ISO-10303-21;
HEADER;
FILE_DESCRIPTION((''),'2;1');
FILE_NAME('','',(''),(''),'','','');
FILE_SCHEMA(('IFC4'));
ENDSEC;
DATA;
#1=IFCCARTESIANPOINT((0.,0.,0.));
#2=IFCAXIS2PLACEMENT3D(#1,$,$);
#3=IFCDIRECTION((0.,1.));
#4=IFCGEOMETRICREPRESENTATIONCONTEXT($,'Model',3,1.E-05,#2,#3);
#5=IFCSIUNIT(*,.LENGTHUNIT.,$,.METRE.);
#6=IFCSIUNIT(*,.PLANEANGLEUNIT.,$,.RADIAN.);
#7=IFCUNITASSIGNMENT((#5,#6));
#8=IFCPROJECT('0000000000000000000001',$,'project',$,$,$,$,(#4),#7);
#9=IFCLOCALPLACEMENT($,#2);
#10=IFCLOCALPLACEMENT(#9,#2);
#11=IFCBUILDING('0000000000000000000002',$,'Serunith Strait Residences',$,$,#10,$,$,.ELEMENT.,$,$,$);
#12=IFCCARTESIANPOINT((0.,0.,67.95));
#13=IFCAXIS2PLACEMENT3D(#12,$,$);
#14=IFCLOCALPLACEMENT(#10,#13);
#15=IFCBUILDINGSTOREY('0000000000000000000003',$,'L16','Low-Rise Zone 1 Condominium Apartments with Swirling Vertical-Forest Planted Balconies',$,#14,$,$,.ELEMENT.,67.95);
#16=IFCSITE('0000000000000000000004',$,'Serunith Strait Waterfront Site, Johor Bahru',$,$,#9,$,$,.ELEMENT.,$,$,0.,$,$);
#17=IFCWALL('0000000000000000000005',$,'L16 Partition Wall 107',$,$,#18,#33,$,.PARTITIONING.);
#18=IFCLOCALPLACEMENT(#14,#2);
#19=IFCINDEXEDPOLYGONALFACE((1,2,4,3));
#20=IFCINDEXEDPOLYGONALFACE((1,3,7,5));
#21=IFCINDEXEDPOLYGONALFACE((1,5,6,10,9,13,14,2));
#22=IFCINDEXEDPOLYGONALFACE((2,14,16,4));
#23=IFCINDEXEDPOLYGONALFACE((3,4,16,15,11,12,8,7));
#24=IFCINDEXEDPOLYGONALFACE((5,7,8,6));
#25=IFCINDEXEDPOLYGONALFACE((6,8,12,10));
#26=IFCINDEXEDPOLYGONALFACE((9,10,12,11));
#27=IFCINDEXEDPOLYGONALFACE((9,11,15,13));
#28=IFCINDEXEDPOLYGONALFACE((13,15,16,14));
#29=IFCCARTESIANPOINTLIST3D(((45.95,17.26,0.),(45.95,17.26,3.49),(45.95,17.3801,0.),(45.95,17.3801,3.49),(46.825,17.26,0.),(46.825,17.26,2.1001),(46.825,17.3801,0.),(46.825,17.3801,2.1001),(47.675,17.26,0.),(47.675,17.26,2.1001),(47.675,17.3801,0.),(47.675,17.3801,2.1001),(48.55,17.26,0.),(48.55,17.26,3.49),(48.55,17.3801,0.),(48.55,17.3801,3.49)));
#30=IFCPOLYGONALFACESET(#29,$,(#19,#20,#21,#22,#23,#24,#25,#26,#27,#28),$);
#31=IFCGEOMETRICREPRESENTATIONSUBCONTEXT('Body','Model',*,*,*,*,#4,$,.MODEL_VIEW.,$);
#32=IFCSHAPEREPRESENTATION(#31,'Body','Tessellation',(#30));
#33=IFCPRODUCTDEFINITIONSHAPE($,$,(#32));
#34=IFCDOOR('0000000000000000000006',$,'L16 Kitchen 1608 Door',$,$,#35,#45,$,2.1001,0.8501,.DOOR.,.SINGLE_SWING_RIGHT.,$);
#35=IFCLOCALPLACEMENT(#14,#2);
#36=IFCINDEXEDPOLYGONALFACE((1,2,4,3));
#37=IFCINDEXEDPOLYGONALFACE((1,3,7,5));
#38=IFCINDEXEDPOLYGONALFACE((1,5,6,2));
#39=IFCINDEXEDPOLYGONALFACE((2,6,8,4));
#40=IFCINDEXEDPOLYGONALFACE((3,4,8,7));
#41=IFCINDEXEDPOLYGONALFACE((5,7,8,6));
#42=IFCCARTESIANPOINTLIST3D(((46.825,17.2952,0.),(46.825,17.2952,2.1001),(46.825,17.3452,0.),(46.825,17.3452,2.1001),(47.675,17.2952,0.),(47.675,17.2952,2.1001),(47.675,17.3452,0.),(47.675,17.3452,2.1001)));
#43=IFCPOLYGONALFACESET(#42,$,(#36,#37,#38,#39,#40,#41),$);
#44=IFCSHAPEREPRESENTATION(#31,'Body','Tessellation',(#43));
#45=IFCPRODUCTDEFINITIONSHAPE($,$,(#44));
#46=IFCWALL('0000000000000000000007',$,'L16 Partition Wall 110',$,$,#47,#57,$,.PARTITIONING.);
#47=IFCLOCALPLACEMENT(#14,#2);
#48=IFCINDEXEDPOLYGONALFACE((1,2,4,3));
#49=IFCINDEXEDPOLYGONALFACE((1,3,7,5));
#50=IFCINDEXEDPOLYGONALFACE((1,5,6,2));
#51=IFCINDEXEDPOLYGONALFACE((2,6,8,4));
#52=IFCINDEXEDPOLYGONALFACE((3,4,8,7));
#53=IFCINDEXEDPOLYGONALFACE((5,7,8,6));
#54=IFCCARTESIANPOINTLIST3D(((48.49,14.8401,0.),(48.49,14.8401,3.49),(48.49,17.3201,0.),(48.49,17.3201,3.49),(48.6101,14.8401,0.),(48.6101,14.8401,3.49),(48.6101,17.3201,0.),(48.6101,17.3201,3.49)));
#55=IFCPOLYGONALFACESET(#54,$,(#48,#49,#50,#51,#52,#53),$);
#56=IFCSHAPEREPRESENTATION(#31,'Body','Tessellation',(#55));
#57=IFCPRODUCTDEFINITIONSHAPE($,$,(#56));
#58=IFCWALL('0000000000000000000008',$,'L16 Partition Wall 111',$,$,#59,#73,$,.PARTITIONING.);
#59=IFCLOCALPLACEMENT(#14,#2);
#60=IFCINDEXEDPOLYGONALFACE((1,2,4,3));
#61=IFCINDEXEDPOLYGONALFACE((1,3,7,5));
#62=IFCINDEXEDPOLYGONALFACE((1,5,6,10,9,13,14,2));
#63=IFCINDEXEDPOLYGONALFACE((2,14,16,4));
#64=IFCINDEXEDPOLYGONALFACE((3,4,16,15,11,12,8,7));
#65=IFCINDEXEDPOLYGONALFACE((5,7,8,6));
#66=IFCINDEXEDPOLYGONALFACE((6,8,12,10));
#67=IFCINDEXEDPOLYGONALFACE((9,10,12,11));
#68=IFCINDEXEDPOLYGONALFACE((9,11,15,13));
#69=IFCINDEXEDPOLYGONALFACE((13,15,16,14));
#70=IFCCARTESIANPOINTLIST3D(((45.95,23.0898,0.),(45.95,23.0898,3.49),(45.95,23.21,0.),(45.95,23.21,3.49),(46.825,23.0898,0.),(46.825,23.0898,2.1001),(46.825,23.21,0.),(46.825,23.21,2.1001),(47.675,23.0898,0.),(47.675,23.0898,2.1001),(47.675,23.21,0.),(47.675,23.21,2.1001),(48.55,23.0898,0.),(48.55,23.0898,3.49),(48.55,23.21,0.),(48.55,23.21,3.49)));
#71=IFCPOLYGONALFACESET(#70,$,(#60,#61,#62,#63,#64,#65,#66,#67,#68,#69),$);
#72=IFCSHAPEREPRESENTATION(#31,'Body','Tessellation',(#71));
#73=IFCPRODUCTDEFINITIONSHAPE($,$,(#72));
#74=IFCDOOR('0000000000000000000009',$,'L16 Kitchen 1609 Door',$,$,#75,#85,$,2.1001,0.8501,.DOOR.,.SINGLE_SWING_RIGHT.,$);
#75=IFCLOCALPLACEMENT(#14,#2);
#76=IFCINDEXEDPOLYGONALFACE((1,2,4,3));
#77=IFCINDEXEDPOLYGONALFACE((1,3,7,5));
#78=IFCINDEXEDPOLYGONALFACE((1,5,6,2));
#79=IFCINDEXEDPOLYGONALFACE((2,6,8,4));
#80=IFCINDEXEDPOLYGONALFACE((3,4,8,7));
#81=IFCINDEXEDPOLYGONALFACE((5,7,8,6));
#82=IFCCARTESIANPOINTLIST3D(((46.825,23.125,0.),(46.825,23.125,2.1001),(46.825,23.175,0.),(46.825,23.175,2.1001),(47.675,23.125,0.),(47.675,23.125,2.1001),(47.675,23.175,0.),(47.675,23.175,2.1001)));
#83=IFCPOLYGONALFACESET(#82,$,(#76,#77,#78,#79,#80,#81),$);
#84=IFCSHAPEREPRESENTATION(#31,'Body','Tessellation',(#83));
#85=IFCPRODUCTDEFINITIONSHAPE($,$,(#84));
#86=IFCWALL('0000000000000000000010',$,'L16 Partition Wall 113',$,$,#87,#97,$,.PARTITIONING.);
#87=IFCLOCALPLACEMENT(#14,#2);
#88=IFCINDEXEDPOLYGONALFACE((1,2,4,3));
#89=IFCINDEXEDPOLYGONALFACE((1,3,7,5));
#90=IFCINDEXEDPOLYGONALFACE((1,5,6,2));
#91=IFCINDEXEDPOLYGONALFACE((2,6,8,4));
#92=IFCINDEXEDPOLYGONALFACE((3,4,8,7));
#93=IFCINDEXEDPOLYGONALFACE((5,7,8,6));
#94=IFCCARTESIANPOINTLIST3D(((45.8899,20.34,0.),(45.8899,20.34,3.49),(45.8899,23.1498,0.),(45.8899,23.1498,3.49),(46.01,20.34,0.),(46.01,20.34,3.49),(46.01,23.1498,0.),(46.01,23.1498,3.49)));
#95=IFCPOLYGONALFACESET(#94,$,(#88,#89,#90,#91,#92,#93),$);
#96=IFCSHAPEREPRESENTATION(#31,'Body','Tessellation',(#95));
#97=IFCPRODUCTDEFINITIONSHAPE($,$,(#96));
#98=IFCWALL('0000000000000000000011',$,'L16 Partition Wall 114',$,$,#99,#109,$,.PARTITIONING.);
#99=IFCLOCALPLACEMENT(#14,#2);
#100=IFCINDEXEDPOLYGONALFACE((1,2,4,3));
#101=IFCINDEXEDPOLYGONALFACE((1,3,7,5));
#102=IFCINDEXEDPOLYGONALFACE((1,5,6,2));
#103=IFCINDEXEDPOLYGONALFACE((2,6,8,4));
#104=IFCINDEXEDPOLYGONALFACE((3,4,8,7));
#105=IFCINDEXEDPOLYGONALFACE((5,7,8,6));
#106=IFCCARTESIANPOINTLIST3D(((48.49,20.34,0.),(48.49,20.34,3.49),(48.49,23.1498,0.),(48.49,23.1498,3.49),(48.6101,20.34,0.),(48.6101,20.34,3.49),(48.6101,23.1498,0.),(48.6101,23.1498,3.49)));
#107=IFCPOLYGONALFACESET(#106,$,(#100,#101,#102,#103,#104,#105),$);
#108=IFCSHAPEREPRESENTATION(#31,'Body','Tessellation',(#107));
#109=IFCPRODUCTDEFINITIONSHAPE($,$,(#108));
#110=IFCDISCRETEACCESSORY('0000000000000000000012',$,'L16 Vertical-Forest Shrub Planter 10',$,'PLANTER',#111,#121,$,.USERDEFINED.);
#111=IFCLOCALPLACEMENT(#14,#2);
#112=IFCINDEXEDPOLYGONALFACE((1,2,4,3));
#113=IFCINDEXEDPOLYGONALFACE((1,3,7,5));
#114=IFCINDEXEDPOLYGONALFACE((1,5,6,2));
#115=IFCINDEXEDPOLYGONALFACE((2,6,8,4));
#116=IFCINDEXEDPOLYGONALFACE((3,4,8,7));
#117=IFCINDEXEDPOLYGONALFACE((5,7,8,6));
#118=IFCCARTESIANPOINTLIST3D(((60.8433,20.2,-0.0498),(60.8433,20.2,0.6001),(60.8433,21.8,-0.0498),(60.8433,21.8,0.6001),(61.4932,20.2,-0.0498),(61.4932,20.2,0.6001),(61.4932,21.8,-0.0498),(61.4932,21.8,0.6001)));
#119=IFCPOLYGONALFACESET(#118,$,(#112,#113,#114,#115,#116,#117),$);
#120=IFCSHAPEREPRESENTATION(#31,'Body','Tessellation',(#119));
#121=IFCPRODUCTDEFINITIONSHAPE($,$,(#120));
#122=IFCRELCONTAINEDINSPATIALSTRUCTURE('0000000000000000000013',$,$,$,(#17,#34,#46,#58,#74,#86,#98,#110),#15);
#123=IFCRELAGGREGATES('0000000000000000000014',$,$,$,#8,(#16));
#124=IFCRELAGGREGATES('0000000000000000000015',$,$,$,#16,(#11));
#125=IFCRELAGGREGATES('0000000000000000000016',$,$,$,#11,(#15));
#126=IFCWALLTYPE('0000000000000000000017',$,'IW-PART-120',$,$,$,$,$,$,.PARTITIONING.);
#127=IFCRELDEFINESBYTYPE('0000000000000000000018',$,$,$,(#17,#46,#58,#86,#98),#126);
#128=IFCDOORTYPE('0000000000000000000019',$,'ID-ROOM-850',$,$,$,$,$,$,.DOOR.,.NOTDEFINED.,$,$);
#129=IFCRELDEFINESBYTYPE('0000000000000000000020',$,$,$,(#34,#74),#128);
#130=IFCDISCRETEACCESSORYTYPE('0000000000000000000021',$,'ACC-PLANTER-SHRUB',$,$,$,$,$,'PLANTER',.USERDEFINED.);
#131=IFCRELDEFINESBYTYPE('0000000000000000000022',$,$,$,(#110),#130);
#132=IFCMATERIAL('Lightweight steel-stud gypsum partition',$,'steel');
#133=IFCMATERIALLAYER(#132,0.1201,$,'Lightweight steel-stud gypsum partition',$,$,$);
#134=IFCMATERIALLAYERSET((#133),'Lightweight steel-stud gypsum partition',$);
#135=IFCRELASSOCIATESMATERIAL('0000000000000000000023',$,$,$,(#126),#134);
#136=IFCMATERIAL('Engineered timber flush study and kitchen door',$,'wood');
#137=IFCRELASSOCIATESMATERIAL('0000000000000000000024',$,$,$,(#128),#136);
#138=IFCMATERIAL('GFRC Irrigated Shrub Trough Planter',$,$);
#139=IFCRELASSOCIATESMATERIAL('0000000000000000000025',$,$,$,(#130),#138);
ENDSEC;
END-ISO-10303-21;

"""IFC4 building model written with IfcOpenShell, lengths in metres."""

from ifc_helpers import new_model, si_unit, direction, frame, frame_2d, origin, origin_2d, place, context, subcontext, project, spatial, rectangle, extrude, source, transform, mapped, material, layer, layer_set, type_object, element, fill, save


model = new_model("IFC4")

# Units and contexts
model_context = context("Model", 3, precision=1e-05, world=origin(), true_north=direction((0.0, 1.0)))
body_context = subcontext(model_context, "Body", "Model", "MODEL_VIEW")
ifc_project = project(units=[si_unit("LENGTHUNIT", "METRE"), si_unit("PLANEANGLEUNIT", "RADIAN")], contexts=[model_context])

# Site, building, storey
site_placement = place(None, origin())
site = spatial("IfcSite", under=ifc_project, at=site_placement, Name="Serunith Strait Waterfront Site, Johor Bahru", CompositionType="ELEMENT", RefElevation=0.0)
building_placement = place(site_placement, origin())
building = spatial("IfcBuilding", under=site, at=building_placement, Name="Serunith Strait Residences", CompositionType="ELEMENT")
storey_placement = place(building_placement, frame((0.0, 0.0, 67.95)))
storey = spatial("IfcBuildingStorey", under=building, at=storey_placement, Name="L16", Description="Low-Rise Zone 1 Condominium Apartments with Swirling Vertical-Forest Planted Balconies", CompositionType="ELEMENT", Elevation=67.95)

# Shared definitions
ifc_material_1 = material(Name="Lightweight steel-stud gypsum partition", Category="steel")
ifc_layer_1 = layer(ifc_material_1, 0.1201, Name="Lightweight steel-stud gypsum partition")
ifc_layer_set_1 = layer_set([ifc_layer_1], Name="Lightweight steel-stud gypsum partition")
wall_type = type_object("IfcWallType", Name="IW-PART-120", PredefinedType="PARTITIONING", material=ifc_layer_set_1)
shared_shape_1 = source(origin(), body_context, "Body", "SweptSolid", [
    extrude(rectangle(XDim=0.8501, YDim=2.1001, at=frame_2d((0.425, 1.05))), frame((0.0, 0.0249, 0.0), z_axis=(0.0, -1.0, 0.0), x_axis=(1.0, 0.0, 0.0)), (0.0, 0.0, 1.0), 0.05),
])
ifc_material_2 = material(Name="Engineered timber flush study and kitchen door", Category="wood")
door_type_1 = type_object("IfcDoorType", Name="ID-ROOM-850", OperationType="NOTDEFINED", PredefinedType="DOOR", material=ifc_material_2)

# Wall, opening, door
wall_1_placement = place(storey_placement, frame((48.55, 17.3201, 0.0), z_axis=(0.0, 0.0, 1.0), x_axis=(-1.0, 0.0, 0.0)))
wall_1 = element("IfcWall", 1, at=wall_1_placement, inside=storey, type_object=wall_type, Name="L16 Partition Wall 107", PredefinedType="PARTITIONING", context=body_context, shape_type="SweptSolid", body=[
    extrude(rectangle(XDim=2.6001, YDim=0.1201, at=frame_2d((1.3, 0.0))), origin(), (0.0, 0.0, 1.0), 3.49),
])
opening_1_placement = place(wall_1_placement, frame((0.875, 0.0, 0.0)))
opening_1 = element("IfcOpeningElement", 2, at=opening_1_placement, cuts=wall_1, PredefinedType="OPENING", context=body_context, shape_type="SweptSolid", body=[
    extrude(rectangle(XDim=0.8501, YDim=2.1001, at=frame_2d((0.425, 1.05))), frame((0.0, 0.0701, 0.0), z_axis=(0.0, -1.0, 0.0), x_axis=(1.0, 0.0, 0.0)), (0.0, 0.0, 1.0), 0.1401),
])
door_1_placement = place(opening_1_placement, origin())
door_1 = element("IfcDoor", 3, at=door_1_placement, inside=storey, type_object=door_type_1, Name="L16 Kitchen 1608 Door", OperationType="SINGLE_SWING_RIGHT", OverallHeight=2.1001, OverallWidth=0.8501, PredefinedType="DOOR", context=body_context, shape_type="MappedRepresentation", body=[
    mapped(shared_shape_1, transform((0.0, 0.0, 0.0), scale=1.0)),
])
fill(opening_1, door_1)

# Wall
wall_2_placement = place(storey_placement, frame((48.55, 14.8401, 0.0), z_axis=(0.0, 0.0, 1.0), x_axis=(0.0, 1.0, 0.0)))
element("IfcWall", 4, at=wall_2_placement, inside=storey, type_object=wall_type, Name="L16 Partition Wall 110", PredefinedType="PARTITIONING", context=body_context, shape_type="SweptSolid", body=[
    extrude(rectangle(XDim=2.48, YDim=0.1201, at=frame_2d((1.24, 0.0))), origin(), (0.0, 0.0, 1.0), 3.49),
])

# Wall, opening, door
wall_3_placement = place(storey_placement, frame((48.55, 23.1499, 0.0), z_axis=(0.0, 0.0, 1.0), x_axis=(-1.0, 0.0, 0.0)))
wall_3 = element("IfcWall", 5, at=wall_3_placement, inside=storey, type_object=wall_type, Name="L16 Partition Wall 111", PredefinedType="PARTITIONING", context=body_context, shape_type="SweptSolid", body=[
    extrude(rectangle(XDim=2.6001, YDim=0.1201, at=frame_2d((1.3, 0.0))), origin(), (0.0, 0.0, 1.0), 3.49),
])
opening_2_placement = place(wall_3_placement, frame((0.875, 0.0, 0.0)))
opening_2 = element("IfcOpeningElement", 6, at=opening_2_placement, cuts=wall_3, PredefinedType="OPENING", context=body_context, shape_type="SweptSolid", body=[
    extrude(rectangle(XDim=0.8501, YDim=2.1001, at=frame_2d((0.425, 1.05))), frame((0.0, 0.0701, 0.0), z_axis=(0.0, -1.0, 0.0), x_axis=(1.0, 0.0, 0.0)), (0.0, 0.0, 1.0), 0.1401),
])
door_2_placement = place(opening_2_placement, origin())
door_2 = element("IfcDoor", 7, at=door_2_placement, inside=storey, type_object=door_type_1, Name="L16 Kitchen 1609 Door", OperationType="SINGLE_SWING_RIGHT", OverallHeight=2.1001, OverallWidth=0.8501, PredefinedType="DOOR", context=body_context, shape_type="MappedRepresentation", body=[
    mapped(shared_shape_1, transform((0.0, 0.0, 0.0), scale=1.0)),
])
fill(opening_2, door_2)

# Walls
for number, where, z_axis, x_axis, name in (
    (8, (45.95, 20.3401, 0.0), (0.0, 0.0, 1.0), (0.0, 1.0, 0.0), "L16 Partition Wall 113"),
    (9, (48.55, 20.3401, 0.0), (0.0, 0.0, 1.0), (0.0, 1.0, 0.0), "L16 Partition Wall 114"),
):
    element("IfcWall", number, at=place(storey_placement, frame(where, z_axis=z_axis, x_axis=x_axis)), inside=storey, type_object=wall_type, Name=name, PredefinedType="PARTITIONING", context=body_context, shape_type="SweptSolid", body=[
        extrude(rectangle(XDim=2.8098, YDim=0.1201, at=frame_2d((1.4048, 0.0))), origin(), (0.0, 0.0, 1.0), 3.49),
    ])

# Discrete accessory
ifc_material_3 = material(Name="GFRC Irrigated Shrub Trough Planter")
discrete_accessory_type = type_object("IfcDiscreteAccessoryType", Name="ACC-PLANTER-SHRUB", ElementType="PLANTER", PredefinedType="USERDEFINED", material=ifc_material_3)
shared_shape_2 = source(origin(), body_context, "Body", "SweptSolid", [
    extrude(rectangle(XDim=1.6001, YDim=0.6499, at=origin_2d()), origin(), (0.0, 0.0, 1.0), 0.6499),
])
discrete_accessory_placement = place(storey_placement, frame((61.1682, 21.0, -0.0498), z_axis=(0.0, 0.0, 1.0), x_axis=(0.0, 1.0, 0.0)))
element("IfcDiscreteAccessory", 10, at=discrete_accessory_placement, inside=storey, type_object=discrete_accessory_type, Name="L16 Vertical-Forest Shrub Planter 10", ObjectType="PLANTER", PredefinedType="USERDEFINED", context=body_context, shape_type="MappedRepresentation", body=[
    mapped(shared_shape_2, transform((0.0, 0.0, 0.0), scale=1.0)),
])

save(model, "model.ifc")
